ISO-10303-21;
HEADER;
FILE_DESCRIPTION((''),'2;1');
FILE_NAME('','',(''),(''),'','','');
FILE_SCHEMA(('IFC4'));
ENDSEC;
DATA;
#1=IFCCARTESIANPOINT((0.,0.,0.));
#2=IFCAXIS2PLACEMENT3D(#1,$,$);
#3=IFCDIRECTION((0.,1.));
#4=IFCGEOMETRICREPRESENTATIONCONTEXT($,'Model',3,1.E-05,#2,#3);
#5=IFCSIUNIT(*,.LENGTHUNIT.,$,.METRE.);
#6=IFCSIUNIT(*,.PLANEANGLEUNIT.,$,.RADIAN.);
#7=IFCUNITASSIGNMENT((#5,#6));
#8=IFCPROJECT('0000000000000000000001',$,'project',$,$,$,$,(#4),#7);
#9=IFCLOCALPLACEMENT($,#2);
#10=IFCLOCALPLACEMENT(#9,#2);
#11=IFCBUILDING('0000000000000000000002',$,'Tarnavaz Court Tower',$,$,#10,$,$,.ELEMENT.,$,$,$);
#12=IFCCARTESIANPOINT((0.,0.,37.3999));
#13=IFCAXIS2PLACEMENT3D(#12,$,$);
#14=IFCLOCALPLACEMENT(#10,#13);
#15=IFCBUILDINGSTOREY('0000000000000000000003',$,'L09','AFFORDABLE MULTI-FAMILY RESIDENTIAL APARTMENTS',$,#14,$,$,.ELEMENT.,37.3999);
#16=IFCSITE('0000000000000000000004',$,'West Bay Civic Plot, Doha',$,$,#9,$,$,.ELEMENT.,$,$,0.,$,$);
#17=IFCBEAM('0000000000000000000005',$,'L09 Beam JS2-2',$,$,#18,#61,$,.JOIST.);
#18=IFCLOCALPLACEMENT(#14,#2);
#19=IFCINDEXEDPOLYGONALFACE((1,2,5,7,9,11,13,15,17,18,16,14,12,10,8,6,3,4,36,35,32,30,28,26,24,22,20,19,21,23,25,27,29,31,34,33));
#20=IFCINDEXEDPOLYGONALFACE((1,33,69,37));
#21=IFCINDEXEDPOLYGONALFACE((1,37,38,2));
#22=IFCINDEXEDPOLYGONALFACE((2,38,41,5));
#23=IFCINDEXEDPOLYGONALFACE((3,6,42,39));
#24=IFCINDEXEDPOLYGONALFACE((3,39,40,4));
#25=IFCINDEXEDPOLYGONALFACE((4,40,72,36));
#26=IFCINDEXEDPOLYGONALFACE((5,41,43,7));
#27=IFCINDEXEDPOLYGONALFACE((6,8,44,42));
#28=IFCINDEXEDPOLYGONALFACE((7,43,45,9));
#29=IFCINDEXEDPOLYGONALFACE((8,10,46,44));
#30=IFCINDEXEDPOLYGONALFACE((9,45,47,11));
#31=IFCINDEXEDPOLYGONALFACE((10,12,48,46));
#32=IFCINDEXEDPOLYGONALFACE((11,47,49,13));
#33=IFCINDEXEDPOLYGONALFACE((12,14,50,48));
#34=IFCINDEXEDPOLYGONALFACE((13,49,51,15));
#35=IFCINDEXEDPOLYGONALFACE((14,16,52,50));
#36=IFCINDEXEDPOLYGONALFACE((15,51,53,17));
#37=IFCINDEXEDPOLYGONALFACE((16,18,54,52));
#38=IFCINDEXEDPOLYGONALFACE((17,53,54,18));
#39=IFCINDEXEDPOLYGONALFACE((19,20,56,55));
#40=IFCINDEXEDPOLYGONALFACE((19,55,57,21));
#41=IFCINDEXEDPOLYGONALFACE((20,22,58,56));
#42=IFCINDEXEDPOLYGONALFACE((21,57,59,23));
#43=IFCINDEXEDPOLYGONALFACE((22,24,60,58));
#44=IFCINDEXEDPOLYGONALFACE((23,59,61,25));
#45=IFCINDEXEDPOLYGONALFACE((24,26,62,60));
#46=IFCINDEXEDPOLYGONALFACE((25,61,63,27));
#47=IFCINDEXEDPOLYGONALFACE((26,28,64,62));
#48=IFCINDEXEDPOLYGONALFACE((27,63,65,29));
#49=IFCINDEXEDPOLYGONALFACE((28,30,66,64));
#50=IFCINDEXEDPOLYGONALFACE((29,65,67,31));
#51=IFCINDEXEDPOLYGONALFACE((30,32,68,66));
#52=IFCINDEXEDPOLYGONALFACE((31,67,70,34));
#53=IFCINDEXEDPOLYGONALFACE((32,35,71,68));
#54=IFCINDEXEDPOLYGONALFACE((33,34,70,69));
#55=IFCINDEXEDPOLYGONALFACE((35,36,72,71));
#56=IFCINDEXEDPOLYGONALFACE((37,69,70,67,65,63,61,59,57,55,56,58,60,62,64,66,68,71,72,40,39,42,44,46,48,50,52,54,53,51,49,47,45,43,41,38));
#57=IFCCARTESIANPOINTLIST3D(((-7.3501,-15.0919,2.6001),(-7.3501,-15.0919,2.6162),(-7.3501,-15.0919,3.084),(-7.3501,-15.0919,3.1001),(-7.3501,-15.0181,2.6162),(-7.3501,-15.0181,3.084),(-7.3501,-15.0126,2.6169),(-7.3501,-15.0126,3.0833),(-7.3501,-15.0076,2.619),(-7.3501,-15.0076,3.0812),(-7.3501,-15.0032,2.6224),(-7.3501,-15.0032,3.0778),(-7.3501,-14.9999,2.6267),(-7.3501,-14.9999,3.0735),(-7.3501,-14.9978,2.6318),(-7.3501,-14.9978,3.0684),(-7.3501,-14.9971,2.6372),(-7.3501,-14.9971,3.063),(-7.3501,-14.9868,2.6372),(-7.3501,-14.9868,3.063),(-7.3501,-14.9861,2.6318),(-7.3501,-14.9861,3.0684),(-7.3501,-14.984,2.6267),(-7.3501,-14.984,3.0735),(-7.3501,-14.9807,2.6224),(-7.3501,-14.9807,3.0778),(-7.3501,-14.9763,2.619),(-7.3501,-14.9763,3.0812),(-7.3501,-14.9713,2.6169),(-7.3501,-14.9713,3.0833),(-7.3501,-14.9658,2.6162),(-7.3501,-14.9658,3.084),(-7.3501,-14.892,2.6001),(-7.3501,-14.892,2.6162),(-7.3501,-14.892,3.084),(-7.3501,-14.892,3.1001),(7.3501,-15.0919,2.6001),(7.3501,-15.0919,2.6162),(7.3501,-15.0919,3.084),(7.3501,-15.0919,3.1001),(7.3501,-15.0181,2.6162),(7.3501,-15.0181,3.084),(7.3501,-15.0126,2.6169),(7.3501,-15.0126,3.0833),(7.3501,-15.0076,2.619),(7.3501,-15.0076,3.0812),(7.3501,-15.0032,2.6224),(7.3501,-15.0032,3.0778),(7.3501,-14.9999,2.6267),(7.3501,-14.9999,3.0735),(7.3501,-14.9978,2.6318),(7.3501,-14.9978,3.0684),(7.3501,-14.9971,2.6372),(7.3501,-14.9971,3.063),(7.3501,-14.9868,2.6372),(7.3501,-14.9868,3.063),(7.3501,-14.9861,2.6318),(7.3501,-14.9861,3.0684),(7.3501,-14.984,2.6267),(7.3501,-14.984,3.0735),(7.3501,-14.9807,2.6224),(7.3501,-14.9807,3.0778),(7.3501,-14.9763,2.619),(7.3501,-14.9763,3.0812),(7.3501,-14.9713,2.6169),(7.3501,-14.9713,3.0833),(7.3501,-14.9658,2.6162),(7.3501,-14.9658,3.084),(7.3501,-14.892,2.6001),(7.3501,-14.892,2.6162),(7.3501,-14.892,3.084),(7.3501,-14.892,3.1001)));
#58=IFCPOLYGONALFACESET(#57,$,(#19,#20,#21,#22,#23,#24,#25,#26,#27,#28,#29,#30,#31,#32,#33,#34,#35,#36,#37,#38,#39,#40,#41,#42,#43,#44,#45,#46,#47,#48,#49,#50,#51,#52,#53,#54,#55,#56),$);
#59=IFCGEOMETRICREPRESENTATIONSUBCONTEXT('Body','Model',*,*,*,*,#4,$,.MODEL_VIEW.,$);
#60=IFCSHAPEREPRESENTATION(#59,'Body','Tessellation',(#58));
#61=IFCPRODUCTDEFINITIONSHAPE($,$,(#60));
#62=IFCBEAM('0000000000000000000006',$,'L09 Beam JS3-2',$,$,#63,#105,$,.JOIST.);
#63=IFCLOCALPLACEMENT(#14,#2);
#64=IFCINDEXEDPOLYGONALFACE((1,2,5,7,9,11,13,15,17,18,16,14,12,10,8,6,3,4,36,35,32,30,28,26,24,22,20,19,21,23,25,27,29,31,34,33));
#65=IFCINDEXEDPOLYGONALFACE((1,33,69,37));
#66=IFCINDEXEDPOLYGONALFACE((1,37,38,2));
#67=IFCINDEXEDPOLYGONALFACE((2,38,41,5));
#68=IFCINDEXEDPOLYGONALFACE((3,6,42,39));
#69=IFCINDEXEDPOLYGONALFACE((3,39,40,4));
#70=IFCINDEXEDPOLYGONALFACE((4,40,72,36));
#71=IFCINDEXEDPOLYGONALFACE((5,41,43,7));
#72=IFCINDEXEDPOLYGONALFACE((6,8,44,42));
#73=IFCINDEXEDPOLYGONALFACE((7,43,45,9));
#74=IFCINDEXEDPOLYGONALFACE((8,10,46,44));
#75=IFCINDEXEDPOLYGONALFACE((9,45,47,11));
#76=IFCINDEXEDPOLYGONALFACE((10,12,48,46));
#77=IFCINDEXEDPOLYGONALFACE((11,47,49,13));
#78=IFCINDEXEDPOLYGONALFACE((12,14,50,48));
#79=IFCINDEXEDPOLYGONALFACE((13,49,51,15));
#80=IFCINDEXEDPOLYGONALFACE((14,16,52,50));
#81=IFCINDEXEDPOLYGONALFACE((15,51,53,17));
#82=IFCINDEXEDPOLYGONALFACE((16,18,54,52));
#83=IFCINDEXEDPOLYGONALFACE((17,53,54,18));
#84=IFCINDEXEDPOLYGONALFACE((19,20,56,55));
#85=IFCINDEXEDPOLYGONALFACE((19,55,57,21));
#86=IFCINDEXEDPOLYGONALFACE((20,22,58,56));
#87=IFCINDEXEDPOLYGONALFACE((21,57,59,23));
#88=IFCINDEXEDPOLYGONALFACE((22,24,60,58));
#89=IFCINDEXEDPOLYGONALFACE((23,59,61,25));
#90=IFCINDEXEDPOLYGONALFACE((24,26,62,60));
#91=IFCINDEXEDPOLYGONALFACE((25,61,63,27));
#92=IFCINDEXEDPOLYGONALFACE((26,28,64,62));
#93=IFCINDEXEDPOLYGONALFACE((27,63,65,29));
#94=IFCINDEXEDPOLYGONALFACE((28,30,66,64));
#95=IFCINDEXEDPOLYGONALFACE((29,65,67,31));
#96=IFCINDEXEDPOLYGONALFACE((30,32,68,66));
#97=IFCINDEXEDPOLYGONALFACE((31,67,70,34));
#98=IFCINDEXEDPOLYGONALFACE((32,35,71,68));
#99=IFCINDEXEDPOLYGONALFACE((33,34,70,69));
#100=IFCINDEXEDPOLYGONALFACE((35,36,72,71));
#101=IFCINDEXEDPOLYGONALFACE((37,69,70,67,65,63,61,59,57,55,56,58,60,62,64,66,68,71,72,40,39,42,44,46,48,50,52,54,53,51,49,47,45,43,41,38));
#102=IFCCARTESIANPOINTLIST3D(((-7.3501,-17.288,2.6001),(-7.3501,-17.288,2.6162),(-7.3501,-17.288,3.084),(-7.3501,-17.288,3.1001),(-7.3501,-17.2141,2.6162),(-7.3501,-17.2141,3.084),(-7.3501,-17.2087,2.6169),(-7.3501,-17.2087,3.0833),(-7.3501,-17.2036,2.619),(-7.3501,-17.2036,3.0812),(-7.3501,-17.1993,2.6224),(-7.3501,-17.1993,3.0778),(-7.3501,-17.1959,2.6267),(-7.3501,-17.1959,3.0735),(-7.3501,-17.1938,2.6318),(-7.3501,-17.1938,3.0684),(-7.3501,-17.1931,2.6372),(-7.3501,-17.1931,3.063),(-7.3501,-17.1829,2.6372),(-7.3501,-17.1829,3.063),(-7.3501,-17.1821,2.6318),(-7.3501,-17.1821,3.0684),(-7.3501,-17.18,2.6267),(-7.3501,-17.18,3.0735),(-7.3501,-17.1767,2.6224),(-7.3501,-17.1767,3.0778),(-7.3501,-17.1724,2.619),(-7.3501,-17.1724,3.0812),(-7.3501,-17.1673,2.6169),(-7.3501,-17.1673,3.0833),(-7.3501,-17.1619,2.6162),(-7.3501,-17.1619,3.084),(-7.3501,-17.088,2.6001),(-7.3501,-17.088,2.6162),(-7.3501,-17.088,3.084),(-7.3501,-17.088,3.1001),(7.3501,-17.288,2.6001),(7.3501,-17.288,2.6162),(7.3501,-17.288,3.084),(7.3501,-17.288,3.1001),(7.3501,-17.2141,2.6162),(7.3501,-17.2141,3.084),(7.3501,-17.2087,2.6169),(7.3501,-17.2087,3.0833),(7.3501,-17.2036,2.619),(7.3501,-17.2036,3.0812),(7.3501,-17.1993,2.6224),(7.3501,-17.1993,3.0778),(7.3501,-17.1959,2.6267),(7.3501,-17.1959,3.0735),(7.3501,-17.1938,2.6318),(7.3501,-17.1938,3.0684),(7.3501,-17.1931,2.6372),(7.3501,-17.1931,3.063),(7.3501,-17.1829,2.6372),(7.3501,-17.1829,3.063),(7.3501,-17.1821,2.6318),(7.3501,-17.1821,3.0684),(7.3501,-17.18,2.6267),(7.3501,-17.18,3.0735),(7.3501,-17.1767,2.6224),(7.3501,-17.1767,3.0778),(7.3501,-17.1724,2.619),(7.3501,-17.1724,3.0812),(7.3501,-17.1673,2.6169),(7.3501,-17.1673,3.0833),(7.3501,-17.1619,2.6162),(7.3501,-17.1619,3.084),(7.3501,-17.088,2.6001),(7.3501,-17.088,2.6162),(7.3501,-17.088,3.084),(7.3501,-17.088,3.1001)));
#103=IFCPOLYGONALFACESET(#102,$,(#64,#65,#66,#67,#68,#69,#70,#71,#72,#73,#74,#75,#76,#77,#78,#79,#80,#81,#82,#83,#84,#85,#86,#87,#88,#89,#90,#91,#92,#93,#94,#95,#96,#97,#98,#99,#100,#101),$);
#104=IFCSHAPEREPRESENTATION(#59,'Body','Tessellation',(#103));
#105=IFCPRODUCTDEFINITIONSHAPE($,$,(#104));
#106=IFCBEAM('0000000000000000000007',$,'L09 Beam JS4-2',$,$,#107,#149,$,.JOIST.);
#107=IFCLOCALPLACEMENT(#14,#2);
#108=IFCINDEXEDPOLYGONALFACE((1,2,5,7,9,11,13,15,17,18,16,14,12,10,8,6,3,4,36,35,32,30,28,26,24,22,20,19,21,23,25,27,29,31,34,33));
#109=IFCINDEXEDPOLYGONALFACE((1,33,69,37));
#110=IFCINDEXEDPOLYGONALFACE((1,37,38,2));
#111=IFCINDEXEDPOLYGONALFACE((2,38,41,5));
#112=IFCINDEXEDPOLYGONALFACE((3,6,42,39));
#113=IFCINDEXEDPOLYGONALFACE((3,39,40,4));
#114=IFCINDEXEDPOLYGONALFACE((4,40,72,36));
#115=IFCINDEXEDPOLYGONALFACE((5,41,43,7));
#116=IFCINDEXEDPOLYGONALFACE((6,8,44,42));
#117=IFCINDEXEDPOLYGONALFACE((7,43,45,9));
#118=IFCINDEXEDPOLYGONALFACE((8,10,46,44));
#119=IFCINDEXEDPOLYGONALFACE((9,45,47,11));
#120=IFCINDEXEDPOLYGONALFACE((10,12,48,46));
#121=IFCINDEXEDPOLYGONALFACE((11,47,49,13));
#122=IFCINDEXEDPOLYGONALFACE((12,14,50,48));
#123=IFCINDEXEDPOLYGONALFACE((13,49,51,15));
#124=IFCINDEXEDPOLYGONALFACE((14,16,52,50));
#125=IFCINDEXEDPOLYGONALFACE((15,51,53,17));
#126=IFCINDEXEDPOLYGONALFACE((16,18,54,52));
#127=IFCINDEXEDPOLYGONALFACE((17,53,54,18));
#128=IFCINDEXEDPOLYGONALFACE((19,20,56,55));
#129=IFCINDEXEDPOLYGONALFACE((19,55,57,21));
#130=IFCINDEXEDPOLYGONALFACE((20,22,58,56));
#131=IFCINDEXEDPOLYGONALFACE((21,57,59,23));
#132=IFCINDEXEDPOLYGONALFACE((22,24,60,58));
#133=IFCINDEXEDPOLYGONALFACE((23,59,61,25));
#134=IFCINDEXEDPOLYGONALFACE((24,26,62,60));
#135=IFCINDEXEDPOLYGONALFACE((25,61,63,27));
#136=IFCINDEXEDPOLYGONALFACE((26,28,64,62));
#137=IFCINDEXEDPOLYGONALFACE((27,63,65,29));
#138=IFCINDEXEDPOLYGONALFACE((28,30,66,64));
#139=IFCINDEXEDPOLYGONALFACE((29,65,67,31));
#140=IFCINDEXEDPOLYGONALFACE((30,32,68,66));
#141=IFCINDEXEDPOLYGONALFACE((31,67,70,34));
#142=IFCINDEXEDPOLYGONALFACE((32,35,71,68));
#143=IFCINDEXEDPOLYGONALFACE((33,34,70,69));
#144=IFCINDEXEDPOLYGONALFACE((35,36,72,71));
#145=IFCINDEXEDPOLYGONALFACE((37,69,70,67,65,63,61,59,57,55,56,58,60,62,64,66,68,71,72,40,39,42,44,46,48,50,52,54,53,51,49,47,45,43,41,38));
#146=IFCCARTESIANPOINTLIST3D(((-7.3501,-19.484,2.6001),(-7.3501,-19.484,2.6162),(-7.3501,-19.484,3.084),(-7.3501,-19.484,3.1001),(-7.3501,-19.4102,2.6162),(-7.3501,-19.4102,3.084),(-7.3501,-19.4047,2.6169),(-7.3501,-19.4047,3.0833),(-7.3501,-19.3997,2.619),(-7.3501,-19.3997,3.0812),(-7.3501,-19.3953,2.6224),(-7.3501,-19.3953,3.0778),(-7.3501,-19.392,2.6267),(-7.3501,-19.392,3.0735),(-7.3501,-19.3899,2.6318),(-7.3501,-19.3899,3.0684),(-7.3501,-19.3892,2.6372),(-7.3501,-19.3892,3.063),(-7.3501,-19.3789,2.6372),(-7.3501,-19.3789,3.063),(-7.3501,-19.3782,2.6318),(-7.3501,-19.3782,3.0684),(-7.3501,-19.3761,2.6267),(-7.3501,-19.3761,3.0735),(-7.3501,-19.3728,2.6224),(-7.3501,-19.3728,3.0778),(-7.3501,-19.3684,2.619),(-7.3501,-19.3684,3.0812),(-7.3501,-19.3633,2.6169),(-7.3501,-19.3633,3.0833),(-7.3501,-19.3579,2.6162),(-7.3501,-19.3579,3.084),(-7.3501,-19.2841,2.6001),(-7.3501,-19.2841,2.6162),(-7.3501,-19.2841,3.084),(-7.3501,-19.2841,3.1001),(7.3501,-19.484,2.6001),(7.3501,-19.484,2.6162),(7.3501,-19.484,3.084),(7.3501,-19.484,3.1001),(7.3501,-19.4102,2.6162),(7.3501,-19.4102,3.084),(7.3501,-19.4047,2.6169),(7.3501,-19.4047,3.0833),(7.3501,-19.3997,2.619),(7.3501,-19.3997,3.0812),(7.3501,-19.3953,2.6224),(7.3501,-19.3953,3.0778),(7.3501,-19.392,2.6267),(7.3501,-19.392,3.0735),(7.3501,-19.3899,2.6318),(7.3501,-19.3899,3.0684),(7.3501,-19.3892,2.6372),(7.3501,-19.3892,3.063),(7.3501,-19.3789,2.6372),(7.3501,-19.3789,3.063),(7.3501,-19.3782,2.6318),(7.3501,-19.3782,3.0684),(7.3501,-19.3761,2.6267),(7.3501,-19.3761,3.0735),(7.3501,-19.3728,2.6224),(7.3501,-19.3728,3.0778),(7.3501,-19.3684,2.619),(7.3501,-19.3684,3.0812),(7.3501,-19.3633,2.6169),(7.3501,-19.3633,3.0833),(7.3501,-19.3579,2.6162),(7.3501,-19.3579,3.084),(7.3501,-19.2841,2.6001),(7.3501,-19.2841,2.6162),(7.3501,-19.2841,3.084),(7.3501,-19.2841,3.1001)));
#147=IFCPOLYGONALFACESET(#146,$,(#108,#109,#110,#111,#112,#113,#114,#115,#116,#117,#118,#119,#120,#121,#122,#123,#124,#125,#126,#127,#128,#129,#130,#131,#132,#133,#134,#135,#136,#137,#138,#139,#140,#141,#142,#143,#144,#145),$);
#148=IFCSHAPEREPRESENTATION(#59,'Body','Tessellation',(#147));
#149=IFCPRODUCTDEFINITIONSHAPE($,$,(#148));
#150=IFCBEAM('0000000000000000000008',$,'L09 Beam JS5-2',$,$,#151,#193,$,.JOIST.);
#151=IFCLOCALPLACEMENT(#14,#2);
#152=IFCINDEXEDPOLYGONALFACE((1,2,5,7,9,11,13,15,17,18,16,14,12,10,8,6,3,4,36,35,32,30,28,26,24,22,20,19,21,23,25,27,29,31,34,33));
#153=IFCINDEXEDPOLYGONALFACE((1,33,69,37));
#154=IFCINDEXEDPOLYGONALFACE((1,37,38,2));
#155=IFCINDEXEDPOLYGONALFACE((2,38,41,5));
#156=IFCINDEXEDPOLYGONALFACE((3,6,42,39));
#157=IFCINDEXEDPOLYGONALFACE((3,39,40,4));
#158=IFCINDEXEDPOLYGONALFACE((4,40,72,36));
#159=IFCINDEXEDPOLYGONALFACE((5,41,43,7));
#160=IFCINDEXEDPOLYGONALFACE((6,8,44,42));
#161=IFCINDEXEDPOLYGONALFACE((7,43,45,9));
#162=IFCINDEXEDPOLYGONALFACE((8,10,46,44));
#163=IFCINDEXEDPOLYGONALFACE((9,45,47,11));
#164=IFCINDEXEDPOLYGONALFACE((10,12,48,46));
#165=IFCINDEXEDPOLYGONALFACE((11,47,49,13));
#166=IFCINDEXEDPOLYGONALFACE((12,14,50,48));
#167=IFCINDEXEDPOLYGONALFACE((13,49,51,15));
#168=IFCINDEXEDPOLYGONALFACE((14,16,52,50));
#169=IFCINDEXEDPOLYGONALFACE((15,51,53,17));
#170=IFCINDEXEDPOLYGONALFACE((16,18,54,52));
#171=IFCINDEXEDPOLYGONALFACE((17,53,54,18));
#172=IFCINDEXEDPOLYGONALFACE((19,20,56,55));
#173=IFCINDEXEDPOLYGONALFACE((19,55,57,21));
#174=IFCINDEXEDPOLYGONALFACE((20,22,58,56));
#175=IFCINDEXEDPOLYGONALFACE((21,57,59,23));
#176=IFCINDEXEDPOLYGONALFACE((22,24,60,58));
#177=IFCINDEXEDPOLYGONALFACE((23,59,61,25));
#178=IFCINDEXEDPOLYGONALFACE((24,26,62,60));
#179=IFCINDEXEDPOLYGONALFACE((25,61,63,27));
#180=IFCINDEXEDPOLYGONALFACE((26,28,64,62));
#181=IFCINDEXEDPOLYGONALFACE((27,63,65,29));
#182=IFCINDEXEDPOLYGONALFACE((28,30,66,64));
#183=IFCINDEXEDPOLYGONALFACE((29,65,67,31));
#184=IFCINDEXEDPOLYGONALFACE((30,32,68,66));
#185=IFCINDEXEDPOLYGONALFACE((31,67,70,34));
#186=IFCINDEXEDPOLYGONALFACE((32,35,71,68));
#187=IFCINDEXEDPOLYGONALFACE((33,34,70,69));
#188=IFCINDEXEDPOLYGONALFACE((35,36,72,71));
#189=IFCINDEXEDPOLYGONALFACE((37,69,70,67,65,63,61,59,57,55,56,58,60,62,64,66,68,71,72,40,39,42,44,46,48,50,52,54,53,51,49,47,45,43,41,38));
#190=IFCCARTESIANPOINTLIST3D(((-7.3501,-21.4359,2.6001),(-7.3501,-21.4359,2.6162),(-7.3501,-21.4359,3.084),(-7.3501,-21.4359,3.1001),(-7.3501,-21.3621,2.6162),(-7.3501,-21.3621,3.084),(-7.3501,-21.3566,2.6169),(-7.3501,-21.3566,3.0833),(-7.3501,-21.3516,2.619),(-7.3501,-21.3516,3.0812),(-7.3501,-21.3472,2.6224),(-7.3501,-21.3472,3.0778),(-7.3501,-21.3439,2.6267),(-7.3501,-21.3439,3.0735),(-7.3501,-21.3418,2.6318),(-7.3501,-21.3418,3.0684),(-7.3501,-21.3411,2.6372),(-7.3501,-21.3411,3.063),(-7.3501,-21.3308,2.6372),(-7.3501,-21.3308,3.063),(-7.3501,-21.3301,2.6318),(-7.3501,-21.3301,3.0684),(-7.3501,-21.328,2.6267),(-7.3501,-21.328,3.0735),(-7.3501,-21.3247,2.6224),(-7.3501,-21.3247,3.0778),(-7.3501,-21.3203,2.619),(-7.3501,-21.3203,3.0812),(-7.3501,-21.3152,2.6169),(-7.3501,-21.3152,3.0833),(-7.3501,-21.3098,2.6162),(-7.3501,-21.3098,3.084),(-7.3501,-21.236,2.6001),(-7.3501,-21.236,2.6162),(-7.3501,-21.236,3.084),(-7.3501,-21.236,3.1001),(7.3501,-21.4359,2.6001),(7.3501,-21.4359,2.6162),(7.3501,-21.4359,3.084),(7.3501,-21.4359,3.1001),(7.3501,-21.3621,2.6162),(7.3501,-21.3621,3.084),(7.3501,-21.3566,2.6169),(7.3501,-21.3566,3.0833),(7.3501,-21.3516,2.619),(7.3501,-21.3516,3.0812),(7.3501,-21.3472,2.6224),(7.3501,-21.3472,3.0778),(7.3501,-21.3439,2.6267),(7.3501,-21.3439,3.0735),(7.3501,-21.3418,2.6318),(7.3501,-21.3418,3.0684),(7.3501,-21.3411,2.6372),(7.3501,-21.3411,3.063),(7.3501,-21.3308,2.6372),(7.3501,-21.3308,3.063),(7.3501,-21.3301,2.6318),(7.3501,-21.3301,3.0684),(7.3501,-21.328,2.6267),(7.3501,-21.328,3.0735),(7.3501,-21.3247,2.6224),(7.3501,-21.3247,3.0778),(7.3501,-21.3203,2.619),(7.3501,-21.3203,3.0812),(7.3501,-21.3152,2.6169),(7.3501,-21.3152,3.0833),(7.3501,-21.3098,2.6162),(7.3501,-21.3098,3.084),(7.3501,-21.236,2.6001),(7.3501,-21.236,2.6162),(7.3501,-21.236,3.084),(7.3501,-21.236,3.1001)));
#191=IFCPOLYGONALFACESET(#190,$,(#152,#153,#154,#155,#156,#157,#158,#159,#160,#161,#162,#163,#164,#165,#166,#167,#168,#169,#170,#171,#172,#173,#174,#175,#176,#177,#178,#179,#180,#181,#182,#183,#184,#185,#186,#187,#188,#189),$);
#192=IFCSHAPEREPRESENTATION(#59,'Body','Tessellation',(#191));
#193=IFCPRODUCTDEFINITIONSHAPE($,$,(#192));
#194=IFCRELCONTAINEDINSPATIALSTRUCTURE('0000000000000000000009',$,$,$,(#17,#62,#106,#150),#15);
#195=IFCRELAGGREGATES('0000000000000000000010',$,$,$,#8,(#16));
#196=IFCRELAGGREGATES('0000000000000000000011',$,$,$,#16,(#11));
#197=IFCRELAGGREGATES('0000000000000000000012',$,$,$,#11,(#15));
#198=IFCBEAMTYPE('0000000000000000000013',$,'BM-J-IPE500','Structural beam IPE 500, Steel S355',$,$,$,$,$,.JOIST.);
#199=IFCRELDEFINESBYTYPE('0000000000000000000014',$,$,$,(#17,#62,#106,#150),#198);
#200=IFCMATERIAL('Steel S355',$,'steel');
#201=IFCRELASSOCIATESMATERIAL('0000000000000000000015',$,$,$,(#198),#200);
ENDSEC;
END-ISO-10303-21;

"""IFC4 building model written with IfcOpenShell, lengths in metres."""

from ifc_helpers import new_model, si_unit, direction, frame, origin, origin_2d, place, context, subcontext, project, spatial, i_section, extrude, material, material_profile, profile_set, type_object, element, save


model = new_model("IFC4")

# Units and contexts
model_context = context("Model", 3, precision=1e-05, world=origin(), true_north=direction((0.0, 1.0)))
body_context = subcontext(model_context, "Body", "Model", "MODEL_VIEW")
ifc_project = project(units=[si_unit("LENGTHUNIT", "METRE"), si_unit("PLANEANGLEUNIT", "RADIAN")], contexts=[model_context])

# Site, building, storey
site_placement = place(None, origin())
site = spatial("IfcSite", under=ifc_project, at=site_placement, Name="West Bay Civic Plot, Doha", CompositionType="ELEMENT", RefElevation=0.0)
building_placement = place(site_placement, origin())
building = spatial("IfcBuilding", under=site, at=building_placement, Name="Tarnavaz Court Tower", CompositionType="ELEMENT")
storey_placement = place(building_placement, frame((0.0, 0.0, 37.3999)))
storey = spatial("IfcBuildingStorey", under=building, at=storey_placement, Name="L09", Description="AFFORDABLE MULTI-FAMILY RESIDENTIAL APARTMENTS", CompositionType="ELEMENT", Elevation=37.3999)

# Beams
ifc_material_1 = material(Name="Steel S355", Category="steel")
ifc_material_profile_1 = material_profile(ifc_material_1, i_section(OverallWidth=0.2, OverallDepth=0.5, WebThickness=0.0103, FlangeThickness=0.0161, FilletRadius=0.021, at=origin_2d()), Name="IPE 500")
ifc_profile_set_1 = profile_set([ifc_material_profile_1], Name="Steel S355")
beam_type_1 = type_object("IfcBeamType", Name="BM-J-IPE500", Description="Structural beam IPE 500, Steel S355", PredefinedType="JOIST", material=ifc_profile_set_1)
for number, where, z_axis, x_axis, name in (
    (1, (-7.3501, -14.9919, 2.8501), (1.0, 0.0, 0.0), (0.0, 1.0, 0.0), "L09 Beam JS2-2"),
    (2, (-7.3501, -17.188, 2.8501), (1.0, 0.0, 0.0), (0.0, 1.0, 0.0), "L09 Beam JS3-2"),
    (3, (-7.3501, -19.384, 2.8501), (1.0, 0.0, 0.0), (0.0, 1.0, 0.0), "L09 Beam JS4-2"),
    (4, (-7.3501, -21.3359, 2.8501), (1.0, 0.0, 0.0), (0.0, 1.0, 0.0), "L09 Beam JS5-2"),
):
    element("IfcBeam", number, at=place(storey_placement, frame(where, z_axis=z_axis, x_axis=x_axis)), inside=storey, type_object=beam_type_1, Name=name, PredefinedType="JOIST", context=body_context, shape_type="SweptSolid", body=[
        extrude(i_section(OverallWidth=0.2, OverallDepth=0.5, WebThickness=0.0103, FlangeThickness=0.0161, FilletRadius=0.021, at=origin_2d()), origin(), (0.0, 0.0, 1.0), 14.7002),
    ])

save(model, "model.ifc")
